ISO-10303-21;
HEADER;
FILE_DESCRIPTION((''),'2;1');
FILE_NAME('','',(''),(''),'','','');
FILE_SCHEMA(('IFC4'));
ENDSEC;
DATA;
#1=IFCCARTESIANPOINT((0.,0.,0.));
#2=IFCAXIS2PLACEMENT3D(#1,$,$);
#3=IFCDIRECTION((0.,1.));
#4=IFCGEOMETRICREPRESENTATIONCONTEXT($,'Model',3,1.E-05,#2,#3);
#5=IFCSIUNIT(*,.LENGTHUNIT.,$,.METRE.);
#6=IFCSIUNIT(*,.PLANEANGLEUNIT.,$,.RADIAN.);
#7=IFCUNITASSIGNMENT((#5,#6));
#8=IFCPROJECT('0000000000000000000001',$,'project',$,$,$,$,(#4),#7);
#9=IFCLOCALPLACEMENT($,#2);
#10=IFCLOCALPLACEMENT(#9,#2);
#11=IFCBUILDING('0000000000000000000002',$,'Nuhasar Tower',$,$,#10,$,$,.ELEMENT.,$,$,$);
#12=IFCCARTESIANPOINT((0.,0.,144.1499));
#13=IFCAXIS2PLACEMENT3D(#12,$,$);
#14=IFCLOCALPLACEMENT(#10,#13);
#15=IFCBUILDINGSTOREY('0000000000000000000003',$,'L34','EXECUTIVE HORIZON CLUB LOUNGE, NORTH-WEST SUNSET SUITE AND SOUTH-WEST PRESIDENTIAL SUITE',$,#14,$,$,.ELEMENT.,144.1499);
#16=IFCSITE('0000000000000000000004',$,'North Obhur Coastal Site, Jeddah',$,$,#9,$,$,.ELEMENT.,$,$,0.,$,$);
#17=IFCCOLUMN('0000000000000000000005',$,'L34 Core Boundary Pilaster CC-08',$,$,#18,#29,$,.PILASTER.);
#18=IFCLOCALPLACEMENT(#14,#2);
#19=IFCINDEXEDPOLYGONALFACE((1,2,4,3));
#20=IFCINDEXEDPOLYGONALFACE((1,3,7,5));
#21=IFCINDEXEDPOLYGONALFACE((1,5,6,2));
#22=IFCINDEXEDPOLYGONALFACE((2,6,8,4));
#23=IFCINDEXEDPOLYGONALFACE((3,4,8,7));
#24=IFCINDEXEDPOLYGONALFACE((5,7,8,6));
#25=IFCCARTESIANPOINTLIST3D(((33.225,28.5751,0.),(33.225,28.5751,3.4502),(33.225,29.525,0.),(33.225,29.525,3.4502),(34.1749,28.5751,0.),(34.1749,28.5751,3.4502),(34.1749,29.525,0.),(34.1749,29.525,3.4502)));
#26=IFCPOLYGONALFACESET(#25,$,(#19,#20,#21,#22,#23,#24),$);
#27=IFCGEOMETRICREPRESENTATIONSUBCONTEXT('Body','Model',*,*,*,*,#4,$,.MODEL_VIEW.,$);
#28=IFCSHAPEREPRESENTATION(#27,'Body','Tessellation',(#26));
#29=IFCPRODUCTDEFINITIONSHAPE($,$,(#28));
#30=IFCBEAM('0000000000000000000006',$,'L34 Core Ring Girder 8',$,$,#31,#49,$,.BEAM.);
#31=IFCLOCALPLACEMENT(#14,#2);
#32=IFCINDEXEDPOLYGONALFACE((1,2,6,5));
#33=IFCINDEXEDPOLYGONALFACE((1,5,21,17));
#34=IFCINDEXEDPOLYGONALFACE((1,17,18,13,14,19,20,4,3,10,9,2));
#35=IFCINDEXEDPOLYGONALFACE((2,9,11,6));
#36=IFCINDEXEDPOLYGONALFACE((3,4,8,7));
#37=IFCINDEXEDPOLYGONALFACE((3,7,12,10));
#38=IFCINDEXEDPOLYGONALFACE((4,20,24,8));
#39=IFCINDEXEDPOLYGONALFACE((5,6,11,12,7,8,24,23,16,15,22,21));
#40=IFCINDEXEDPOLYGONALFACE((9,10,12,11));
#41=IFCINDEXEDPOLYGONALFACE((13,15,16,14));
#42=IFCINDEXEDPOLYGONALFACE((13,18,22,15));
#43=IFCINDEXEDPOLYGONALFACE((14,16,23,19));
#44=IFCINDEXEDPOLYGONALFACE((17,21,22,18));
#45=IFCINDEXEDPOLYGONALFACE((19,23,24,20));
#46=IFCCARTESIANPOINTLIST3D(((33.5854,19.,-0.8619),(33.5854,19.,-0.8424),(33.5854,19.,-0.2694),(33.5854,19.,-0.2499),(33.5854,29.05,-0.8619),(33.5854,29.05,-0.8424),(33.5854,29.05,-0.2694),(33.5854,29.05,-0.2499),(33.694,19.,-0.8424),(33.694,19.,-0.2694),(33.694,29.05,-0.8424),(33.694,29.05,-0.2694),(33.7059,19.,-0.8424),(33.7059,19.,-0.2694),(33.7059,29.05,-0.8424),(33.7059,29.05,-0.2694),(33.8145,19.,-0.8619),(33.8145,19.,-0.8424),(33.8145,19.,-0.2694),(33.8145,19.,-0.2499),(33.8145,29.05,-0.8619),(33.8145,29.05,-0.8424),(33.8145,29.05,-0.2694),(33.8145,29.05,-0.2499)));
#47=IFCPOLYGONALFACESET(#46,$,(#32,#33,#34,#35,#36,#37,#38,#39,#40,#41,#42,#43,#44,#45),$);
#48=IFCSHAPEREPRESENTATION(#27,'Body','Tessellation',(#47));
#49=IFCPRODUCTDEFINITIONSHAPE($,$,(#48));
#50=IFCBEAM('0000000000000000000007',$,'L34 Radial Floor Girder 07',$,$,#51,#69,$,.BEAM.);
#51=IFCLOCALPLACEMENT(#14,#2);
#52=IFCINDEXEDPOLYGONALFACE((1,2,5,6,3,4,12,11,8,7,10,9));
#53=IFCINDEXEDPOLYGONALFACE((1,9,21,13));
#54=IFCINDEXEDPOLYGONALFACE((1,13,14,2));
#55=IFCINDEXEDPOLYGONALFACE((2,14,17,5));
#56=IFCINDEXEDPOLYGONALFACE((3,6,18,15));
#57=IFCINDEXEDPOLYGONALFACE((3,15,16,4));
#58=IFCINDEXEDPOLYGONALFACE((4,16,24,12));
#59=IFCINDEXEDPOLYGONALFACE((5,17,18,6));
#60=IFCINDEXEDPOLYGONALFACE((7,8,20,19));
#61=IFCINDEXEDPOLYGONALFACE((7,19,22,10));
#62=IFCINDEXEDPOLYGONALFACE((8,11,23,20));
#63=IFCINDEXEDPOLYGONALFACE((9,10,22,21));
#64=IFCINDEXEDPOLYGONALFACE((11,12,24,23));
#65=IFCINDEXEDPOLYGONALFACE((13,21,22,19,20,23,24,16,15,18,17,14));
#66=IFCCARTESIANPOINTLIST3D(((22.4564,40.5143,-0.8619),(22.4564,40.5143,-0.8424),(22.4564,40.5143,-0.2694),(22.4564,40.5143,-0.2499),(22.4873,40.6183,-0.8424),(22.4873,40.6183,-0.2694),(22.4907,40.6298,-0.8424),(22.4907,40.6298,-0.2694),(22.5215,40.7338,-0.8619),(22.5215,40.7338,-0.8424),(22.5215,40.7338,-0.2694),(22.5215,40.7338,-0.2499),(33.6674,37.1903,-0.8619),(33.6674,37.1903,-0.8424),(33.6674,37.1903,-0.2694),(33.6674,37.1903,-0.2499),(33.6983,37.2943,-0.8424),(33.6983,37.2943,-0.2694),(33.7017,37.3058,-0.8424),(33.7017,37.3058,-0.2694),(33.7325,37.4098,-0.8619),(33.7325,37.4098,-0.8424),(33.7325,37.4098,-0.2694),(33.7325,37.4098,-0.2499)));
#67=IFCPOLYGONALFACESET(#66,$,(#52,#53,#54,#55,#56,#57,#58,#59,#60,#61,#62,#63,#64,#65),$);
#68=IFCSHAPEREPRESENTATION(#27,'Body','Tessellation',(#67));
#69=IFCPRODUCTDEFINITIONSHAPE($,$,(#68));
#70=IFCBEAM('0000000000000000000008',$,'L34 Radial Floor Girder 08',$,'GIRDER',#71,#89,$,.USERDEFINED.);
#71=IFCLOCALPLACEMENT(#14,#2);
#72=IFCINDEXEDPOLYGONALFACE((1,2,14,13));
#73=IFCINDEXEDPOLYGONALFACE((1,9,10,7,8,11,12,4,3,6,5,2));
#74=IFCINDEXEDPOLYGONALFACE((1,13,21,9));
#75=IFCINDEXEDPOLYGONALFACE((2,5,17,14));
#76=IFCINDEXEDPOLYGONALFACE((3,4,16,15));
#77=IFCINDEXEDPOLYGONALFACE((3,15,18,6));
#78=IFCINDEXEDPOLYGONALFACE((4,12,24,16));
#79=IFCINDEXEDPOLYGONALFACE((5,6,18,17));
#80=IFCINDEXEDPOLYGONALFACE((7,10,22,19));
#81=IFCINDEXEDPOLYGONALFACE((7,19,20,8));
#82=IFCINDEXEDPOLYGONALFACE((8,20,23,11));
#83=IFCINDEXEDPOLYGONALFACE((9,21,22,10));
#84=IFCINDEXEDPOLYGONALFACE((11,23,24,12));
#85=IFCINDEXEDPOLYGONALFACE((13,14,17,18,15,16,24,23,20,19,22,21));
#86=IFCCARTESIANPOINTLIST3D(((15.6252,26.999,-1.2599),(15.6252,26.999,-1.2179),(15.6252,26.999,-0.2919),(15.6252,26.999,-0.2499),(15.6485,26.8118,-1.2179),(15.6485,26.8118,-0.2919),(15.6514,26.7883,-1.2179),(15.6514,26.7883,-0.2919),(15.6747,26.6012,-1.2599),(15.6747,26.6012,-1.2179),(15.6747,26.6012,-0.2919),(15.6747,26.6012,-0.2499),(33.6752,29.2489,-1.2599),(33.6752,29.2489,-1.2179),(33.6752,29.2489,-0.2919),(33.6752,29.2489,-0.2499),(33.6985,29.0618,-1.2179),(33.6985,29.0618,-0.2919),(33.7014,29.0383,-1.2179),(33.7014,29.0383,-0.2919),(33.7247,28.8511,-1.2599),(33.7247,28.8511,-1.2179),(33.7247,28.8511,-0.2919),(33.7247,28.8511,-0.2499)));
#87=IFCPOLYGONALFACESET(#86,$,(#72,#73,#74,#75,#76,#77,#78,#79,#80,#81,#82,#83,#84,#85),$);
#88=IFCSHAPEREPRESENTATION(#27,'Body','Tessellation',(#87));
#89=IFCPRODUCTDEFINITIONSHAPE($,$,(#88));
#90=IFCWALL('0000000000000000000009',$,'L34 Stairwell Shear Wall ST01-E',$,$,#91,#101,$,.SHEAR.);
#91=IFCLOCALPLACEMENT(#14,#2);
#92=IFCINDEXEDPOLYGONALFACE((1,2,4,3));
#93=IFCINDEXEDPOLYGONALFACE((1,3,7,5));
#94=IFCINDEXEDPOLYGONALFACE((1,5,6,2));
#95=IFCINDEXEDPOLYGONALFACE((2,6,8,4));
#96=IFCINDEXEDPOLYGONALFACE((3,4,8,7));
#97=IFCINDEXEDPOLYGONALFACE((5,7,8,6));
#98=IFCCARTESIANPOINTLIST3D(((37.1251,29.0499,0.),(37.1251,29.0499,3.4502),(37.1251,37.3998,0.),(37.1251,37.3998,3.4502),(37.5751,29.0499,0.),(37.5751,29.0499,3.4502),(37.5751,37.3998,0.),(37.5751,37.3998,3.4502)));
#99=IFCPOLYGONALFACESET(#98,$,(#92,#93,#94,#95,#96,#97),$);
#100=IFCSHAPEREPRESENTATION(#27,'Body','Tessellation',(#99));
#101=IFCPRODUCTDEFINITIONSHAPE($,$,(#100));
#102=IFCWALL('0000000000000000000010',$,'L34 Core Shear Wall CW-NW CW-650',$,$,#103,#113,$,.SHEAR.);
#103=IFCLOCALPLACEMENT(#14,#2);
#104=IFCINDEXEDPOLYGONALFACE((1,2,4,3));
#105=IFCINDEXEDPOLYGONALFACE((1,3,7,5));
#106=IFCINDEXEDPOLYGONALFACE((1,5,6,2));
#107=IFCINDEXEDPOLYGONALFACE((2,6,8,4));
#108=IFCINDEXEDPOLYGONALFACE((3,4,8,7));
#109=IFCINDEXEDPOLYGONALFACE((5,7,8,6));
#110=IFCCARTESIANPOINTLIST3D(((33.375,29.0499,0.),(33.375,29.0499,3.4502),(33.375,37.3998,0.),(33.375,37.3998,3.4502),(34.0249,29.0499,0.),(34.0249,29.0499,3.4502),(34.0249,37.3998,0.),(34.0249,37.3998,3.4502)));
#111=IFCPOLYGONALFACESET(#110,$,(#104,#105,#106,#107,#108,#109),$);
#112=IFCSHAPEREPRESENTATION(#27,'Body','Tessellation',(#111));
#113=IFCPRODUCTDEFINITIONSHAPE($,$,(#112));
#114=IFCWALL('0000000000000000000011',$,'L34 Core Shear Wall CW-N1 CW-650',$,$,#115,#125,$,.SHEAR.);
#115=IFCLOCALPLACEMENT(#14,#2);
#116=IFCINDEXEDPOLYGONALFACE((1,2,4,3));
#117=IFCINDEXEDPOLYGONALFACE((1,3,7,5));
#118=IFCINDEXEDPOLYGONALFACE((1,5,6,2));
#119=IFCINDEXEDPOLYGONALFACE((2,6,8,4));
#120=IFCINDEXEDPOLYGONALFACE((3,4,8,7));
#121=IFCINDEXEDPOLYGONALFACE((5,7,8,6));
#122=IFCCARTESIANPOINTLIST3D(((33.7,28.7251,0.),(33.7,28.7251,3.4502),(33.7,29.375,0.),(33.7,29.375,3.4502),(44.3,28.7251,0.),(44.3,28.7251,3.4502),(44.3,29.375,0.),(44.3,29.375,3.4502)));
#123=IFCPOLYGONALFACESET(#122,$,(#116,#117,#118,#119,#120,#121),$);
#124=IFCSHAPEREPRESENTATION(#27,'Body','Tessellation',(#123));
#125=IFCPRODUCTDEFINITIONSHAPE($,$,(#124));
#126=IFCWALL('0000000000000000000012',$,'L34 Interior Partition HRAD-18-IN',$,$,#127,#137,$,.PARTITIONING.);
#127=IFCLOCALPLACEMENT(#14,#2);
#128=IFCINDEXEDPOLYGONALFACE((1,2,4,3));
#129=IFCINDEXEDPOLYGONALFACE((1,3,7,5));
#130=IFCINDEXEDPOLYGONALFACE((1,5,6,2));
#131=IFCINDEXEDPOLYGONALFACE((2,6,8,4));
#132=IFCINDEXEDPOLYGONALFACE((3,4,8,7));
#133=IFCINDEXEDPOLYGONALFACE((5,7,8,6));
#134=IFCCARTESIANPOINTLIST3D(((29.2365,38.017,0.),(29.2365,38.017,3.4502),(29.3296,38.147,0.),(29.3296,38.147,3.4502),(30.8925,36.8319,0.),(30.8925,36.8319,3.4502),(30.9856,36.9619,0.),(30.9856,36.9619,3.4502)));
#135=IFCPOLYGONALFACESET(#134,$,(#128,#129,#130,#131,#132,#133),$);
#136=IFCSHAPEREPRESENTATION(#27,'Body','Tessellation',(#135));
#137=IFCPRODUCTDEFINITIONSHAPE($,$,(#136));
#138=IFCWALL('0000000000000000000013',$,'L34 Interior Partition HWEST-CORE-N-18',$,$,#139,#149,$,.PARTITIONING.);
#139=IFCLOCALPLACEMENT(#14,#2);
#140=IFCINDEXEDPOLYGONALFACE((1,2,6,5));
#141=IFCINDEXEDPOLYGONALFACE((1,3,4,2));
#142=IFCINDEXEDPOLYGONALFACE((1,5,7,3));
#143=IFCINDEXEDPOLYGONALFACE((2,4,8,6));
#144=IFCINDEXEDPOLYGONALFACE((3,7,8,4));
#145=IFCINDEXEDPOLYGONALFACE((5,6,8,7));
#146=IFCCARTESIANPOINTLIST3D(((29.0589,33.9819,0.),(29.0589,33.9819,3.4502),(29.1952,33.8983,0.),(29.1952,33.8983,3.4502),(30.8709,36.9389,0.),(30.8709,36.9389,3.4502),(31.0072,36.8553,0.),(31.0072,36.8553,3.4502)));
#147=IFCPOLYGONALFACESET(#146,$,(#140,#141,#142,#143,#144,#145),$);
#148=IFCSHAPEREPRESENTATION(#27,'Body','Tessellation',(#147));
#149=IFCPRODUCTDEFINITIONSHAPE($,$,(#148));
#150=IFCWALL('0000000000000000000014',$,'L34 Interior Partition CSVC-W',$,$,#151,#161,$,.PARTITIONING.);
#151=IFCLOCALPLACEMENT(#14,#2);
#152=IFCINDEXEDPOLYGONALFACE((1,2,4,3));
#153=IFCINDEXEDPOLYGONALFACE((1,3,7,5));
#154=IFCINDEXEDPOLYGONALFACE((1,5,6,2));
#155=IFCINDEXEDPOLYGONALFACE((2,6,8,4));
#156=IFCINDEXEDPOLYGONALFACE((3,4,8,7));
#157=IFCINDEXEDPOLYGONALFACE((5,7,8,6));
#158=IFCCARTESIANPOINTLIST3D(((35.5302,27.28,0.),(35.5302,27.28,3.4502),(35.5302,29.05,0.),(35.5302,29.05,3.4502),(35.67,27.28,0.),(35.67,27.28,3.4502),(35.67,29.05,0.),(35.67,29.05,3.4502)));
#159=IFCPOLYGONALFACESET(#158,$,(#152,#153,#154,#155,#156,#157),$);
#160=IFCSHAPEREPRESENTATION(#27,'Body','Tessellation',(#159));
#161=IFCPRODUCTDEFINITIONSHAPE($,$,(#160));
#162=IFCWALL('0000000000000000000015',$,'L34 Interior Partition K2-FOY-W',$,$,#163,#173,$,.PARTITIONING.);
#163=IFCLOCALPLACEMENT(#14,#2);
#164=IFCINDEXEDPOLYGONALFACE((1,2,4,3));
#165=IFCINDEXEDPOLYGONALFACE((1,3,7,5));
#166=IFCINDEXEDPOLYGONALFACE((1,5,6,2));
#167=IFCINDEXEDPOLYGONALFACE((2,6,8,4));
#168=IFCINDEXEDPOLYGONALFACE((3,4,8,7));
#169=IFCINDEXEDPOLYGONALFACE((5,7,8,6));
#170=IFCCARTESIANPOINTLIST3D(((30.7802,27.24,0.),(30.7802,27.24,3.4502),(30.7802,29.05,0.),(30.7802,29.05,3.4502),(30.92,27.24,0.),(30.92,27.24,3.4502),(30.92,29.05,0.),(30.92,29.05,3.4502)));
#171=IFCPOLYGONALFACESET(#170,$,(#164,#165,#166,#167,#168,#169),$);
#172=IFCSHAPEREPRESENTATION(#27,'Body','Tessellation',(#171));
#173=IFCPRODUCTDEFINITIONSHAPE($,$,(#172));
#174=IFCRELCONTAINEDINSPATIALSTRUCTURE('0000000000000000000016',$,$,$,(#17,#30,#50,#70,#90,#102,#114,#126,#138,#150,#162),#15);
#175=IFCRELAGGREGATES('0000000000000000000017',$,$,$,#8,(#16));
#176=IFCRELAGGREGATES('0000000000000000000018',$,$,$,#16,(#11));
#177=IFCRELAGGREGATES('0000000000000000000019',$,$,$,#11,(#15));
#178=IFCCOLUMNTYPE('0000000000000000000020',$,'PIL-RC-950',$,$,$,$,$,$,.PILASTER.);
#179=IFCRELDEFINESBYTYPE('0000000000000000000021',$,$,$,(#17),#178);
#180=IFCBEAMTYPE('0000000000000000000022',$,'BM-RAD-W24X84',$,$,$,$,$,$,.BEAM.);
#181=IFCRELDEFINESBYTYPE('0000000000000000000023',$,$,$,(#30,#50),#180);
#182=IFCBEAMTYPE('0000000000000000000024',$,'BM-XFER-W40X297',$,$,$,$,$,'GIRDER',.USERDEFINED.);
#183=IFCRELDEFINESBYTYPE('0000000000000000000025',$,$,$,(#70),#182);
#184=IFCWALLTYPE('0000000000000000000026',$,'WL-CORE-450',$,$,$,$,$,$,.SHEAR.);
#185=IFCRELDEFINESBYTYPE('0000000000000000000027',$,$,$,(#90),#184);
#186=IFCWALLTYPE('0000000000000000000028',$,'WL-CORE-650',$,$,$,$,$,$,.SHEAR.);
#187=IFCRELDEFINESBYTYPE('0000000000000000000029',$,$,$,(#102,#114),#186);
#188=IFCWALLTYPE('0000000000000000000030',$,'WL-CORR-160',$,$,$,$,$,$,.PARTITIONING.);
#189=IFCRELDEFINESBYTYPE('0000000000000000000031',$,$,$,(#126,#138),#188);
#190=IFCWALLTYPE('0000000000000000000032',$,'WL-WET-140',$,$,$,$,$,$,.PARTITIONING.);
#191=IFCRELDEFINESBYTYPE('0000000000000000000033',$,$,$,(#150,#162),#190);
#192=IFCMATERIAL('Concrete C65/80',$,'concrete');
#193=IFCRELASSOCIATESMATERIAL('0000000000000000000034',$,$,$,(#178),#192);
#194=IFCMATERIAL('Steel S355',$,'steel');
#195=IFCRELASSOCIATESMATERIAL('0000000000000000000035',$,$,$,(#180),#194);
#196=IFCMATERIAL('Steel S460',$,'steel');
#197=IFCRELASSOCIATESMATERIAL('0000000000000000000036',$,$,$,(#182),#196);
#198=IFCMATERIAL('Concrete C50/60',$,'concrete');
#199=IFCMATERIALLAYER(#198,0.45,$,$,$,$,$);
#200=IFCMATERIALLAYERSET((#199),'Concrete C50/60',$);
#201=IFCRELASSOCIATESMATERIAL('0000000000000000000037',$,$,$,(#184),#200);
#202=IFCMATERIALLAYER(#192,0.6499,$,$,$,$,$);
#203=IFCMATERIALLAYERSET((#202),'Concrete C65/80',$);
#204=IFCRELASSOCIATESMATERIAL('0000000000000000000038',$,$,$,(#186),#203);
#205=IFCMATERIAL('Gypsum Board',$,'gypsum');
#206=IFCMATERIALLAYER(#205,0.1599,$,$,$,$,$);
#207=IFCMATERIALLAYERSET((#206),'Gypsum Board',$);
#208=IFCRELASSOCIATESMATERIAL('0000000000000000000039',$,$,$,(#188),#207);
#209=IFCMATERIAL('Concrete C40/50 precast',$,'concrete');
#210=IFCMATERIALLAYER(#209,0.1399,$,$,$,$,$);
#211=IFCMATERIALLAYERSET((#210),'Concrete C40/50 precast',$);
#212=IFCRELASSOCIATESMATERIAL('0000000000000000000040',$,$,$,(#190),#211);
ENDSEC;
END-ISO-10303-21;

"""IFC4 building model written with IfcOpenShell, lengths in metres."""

from ifc_helpers import new_model, si_unit, direction, frame, frame_2d, origin, origin_2d, place, context, subcontext, project, spatial, rectangle, i_section, extrude, material, layer, layer_set, material_profile, profile_set, type_object, element, save


model = new_model("IFC4")

# Units and contexts
model_context = context("Model", 3, precision=1e-05, world=origin(), true_north=direction((0.0, 1.0)))
body_context = subcontext(model_context, "Body", "Model", "MODEL_VIEW")
ifc_project = project(units=[si_unit("LENGTHUNIT", "METRE"), si_unit("PLANEANGLEUNIT", "RADIAN")], contexts=[model_context])

# Site, building, storey
site_placement = place(None, origin())
site = spatial("IfcSite", under=ifc_project, at=site_placement, Name="North Obhur Coastal Site, Jeddah", CompositionType="ELEMENT", RefElevation=0.0)
building_placement = place(site_placement, origin())
building = spatial("IfcBuilding", under=site, at=building_placement, Name="Nuhasar Tower", CompositionType="ELEMENT")
storey_placement = place(building_placement, frame((0.0, 0.0, 144.1499)))
storey = spatial("IfcBuildingStorey", under=building, at=storey_placement, Name="L34", Description="EXECUTIVE HORIZON CLUB LOUNGE, NORTH-WEST SUNSET SUITE AND SOUTH-WEST PRESIDENTIAL SUITE", CompositionType="ELEMENT", Elevation=144.1499)

# Column
ifc_material_1 = material(Name="Concrete C65/80", Category="concrete")
ifc_material_profile_1 = material_profile(ifc_material_1, rectangle(XDim=0.95, YDim=0.95, at=origin_2d()), Name="RC950X950")
ifc_profile_set_1 = profile_set([ifc_material_profile_1], Name="Concrete C65/80")
column_type = type_object("IfcColumnType", Name="PIL-RC-950", PredefinedType="PILASTER", material=ifc_profile_set_1)
column_placement = place(storey_placement, frame((33.7, 29.05, 0.0), z_axis=(0.0, 0.0, 1.0), x_axis=(1.0, 0.0, 0.0)))
element("IfcColumn", 1, at=column_placement, inside=storey, type_object=column_type, Name="L34 Core Boundary Pilaster CC-08", PredefinedType="PILASTER", context=body_context, shape_type="SweptSolid", body=[
    extrude(rectangle(XDim=0.95, YDim=0.95, at=origin_2d()), origin(), (0.0, 0.0, 1.0), 3.4502),
])

# Beams
ifc_material_2 = material(Name="Steel S355", Category="steel")
ifc_material_profile_2 = material_profile(ifc_material_2, i_section(OverallWidth=0.229, OverallDepth=0.6121, WebThickness=0.012, FlangeThickness=0.0195, at=origin_2d()), Name="W24X84")
ifc_profile_set_2 = profile_set([ifc_material_profile_2], Name="Steel S355")
beam_type_1 = type_object("IfcBeamType", Name="BM-RAD-W24X84", PredefinedType="BEAM", material=ifc_profile_set_2)
beam_1_placement = place(storey_placement, frame((33.7, 29.05, -0.5559), z_axis=(0.0, -1.0, 0.0), x_axis=(1.0, 0.0, 0.0)))
element("IfcBeam", 2, at=beam_1_placement, inside=storey, type_object=beam_type_1, Name="L34 Core Ring Girder 8", PredefinedType="BEAM", context=body_context, shape_type="SweptSolid", body=[
    extrude(i_section(OverallWidth=0.229, OverallDepth=0.6121, WebThickness=0.012, FlangeThickness=0.0195, at=origin_2d()), origin(), (0.0, 0.0, 1.0), 10.05),
])
beam_2_placement = place(storey_placement, frame((33.7, 37.3, -0.5559), z_axis=(-0.958746, 0.284262, 0.0), x_axis=(-0.284262, -0.958746, 0.0)))
element("IfcBeam", 3, at=beam_2_placement, inside=storey, type_object=beam_type_1, Name="L34 Radial Floor Girder 07", PredefinedType="BEAM", context=body_context, shape_type="SweptSolid", body=[
    extrude(i_section(OverallWidth=0.229, OverallDepth=0.6121, WebThickness=0.012, FlangeThickness=0.0195, at=origin_2d()), origin(), (0.0, 0.0, 1.0), 11.6934),
])
ifc_material_3 = material(Name="Steel S460", Category="steel")
ifc_material_profile_3 = material_profile(ifc_material_3, i_section(OverallWidth=0.4009, OverallDepth=1.01, WebThickness=0.0237, FlangeThickness=0.042, at=origin_2d()), Name="W40X297")
ifc_profile_set_3 = profile_set([ifc_material_profile_3], Name="Steel S460")
beam_type_2 = type_object("IfcBeamType", Name="BM-XFER-W40X297", ElementType="GIRDER", PredefinedType="USERDEFINED", material=ifc_profile_set_3)
beam_3_placement = place(storey_placement, frame((33.7, 29.05, -0.7549), z_axis=(-0.99232, -0.123696, 0.0), x_axis=(0.123696, -0.99232, 0.0)))
element("IfcBeam", 4, at=beam_3_placement, inside=storey, type_object=beam_type_2, Name="L34 Radial Floor Girder 08", ObjectType="GIRDER", PredefinedType="USERDEFINED", context=body_context, shape_type="SweptSolid", body=[
    extrude(i_section(OverallWidth=0.4009, OverallDepth=1.01, WebThickness=0.0237, FlangeThickness=0.042, at=origin_2d()), origin(), (0.0, 0.0, 1.0), 18.1897),
])

# Walls
ifc_material_4 = material(Name="Concrete C50/60", Category="concrete")
ifc_layer_1 = layer(ifc_material_4, 0.45)
ifc_layer_set_1 = layer_set([ifc_layer_1], Name="Concrete C50/60")
wall_type_1 = type_object("IfcWallType", Name="WL-CORE-450", PredefinedType="SHEAR", material=ifc_layer_set_1)
wall_1_placement = place(storey_placement, frame((37.3501, 29.05, 0.0), z_axis=(0.0, 0.0, 1.0), x_axis=(0.0, 1.0, 0.0)))
element("IfcWall", 5, at=wall_1_placement, inside=storey, type_object=wall_type_1, Name="L34 Stairwell Shear Wall ST01-E", PredefinedType="SHEAR", context=body_context, shape_type="SweptSolid", body=[
    extrude(rectangle(XDim=8.3499, YDim=0.45, at=frame_2d((4.1748, 0.0))), origin(), (0.0, 0.0, 1.0), 3.4502),
])
ifc_layer_2 = layer(ifc_material_1, 0.6499)
ifc_layer_set_2 = layer_set([ifc_layer_2], Name="Concrete C65/80")
wall_type_2 = type_object("IfcWallType", Name="WL-CORE-650", PredefinedType="SHEAR", material=ifc_layer_set_2)
wall_2_placement = place(storey_placement, frame((33.7, 29.05, 0.0), z_axis=(0.0, 0.0, 1.0), x_axis=(0.0, 1.0, 0.0)))
element("IfcWall", 6, at=wall_2_placement, inside=storey, type_object=wall_type_2, Name="L34 Core Shear Wall CW-NW CW-650", PredefinedType="SHEAR", context=body_context, shape_type="SweptSolid", body=[
    extrude(rectangle(XDim=8.3499, YDim=0.6499, at=frame_2d((4.1748, 0.0))), origin(), (0.0, 0.0, 1.0), 3.4502),
])
wall_3_placement = place(storey_placement, frame((33.7, 29.05, 0.0), z_axis=(0.0, 0.0, 1.0), x_axis=(1.0, 0.0, 0.0)))
element("IfcWall", 7, at=wall_3_placement, inside=storey, type_object=wall_type_2, Name="L34 Core Shear Wall CW-N1 CW-650", PredefinedType="SHEAR", context=body_context, shape_type="SweptSolid", body=[
    extrude(rectangle(XDim=10.6001, YDim=0.6499, at=frame_2d((5.3, 0.0))), origin(), (0.0, 0.0, 1.0), 3.4502),
])
ifc_material_5 = material(Name="Gypsum Board", Category="gypsum")
ifc_layer_3 = layer(ifc_material_5, 0.1599)
ifc_layer_set_3 = layer_set([ifc_layer_3], Name="Gypsum Board")
wall_type_3 = type_object("IfcWallType", Name="WL-CORR-160", PredefinedType="PARTITIONING", material=ifc_layer_set_3)
wall_4_placement = place(storey_placement, frame((30.939, 36.897, 0.0), z_axis=(0.0, 0.0, 1.0), x_axis=(-0.813223, 0.581952, 0.0)))
element("IfcWall", 8, at=wall_4_placement, inside=storey, type_object=wall_type_3, Name="L34 Interior Partition HRAD-18-IN", PredefinedType="PARTITIONING", context=body_context, shape_type="SweptSolid", body=[
    extrude(rectangle(XDim=2.0364, YDim=0.1599, at=frame_2d((1.0181, 0.0))), origin(), (0.0, 0.0, 1.0), 3.4502),
])
wall_5_placement = place(storey_placement, frame((30.939, 36.897, 0.0), z_axis=(0.0, 0.0, 1.0), x_axis=(-0.522486, -0.852648, 0.0)))
element("IfcWall", 9, at=wall_5_placement, inside=storey, type_object=wall_type_3, Name="L34 Interior Partition HWEST-CORE-N-18", PredefinedType="PARTITIONING", context=body_context, shape_type="SweptSolid", body=[
    extrude(rectangle(XDim=3.468, YDim=0.1599, at=frame_2d((1.7339, 0.0))), origin(), (0.0, 0.0, 1.0), 3.4502),
])
ifc_material_6 = material(Name="Concrete C40/50 precast", Category="concrete")
ifc_layer_4 = layer(ifc_material_6, 0.1399)
ifc_layer_set_4 = layer_set([ifc_layer_4], Name="Concrete C40/50 precast")
wall_type_4 = type_object("IfcWallType", Name="WL-WET-140", PredefinedType="PARTITIONING", material=ifc_layer_set_4)
wall_6_placement = place(storey_placement, frame((35.6001, 27.28, 0.0), z_axis=(0.0, 0.0, 1.0), x_axis=(0.0, 1.0, 0.0)))
element("IfcWall", 10, at=wall_6_placement, inside=storey, type_object=wall_type_4, Name="L34 Interior Partition CSVC-W", PredefinedType="PARTITIONING", context=body_context, shape_type="SweptSolid", body=[
    extrude(rectangle(XDim=1.77, YDim=0.1399, at=frame_2d((0.885, 0.0))), origin(), (0.0, 0.0, 1.0), 3.4502),
])
wall_7_placement = place(storey_placement, frame((30.8501, 27.24, 0.0), z_axis=(0.0, 0.0, 1.0), x_axis=(0.0, 1.0, 0.0)))
element("IfcWall", 11, at=wall_7_placement, inside=storey, type_object=wall_type_4, Name="L34 Interior Partition K2-FOY-W", PredefinedType="PARTITIONING", context=body_context, shape_type="SweptSolid", body=[
    extrude(rectangle(XDim=1.8101, YDim=0.1399, at=frame_2d((0.905, 0.0))), origin(), (0.0, 0.0, 1.0), 3.4502),
])

save(model, "model.ifc")
